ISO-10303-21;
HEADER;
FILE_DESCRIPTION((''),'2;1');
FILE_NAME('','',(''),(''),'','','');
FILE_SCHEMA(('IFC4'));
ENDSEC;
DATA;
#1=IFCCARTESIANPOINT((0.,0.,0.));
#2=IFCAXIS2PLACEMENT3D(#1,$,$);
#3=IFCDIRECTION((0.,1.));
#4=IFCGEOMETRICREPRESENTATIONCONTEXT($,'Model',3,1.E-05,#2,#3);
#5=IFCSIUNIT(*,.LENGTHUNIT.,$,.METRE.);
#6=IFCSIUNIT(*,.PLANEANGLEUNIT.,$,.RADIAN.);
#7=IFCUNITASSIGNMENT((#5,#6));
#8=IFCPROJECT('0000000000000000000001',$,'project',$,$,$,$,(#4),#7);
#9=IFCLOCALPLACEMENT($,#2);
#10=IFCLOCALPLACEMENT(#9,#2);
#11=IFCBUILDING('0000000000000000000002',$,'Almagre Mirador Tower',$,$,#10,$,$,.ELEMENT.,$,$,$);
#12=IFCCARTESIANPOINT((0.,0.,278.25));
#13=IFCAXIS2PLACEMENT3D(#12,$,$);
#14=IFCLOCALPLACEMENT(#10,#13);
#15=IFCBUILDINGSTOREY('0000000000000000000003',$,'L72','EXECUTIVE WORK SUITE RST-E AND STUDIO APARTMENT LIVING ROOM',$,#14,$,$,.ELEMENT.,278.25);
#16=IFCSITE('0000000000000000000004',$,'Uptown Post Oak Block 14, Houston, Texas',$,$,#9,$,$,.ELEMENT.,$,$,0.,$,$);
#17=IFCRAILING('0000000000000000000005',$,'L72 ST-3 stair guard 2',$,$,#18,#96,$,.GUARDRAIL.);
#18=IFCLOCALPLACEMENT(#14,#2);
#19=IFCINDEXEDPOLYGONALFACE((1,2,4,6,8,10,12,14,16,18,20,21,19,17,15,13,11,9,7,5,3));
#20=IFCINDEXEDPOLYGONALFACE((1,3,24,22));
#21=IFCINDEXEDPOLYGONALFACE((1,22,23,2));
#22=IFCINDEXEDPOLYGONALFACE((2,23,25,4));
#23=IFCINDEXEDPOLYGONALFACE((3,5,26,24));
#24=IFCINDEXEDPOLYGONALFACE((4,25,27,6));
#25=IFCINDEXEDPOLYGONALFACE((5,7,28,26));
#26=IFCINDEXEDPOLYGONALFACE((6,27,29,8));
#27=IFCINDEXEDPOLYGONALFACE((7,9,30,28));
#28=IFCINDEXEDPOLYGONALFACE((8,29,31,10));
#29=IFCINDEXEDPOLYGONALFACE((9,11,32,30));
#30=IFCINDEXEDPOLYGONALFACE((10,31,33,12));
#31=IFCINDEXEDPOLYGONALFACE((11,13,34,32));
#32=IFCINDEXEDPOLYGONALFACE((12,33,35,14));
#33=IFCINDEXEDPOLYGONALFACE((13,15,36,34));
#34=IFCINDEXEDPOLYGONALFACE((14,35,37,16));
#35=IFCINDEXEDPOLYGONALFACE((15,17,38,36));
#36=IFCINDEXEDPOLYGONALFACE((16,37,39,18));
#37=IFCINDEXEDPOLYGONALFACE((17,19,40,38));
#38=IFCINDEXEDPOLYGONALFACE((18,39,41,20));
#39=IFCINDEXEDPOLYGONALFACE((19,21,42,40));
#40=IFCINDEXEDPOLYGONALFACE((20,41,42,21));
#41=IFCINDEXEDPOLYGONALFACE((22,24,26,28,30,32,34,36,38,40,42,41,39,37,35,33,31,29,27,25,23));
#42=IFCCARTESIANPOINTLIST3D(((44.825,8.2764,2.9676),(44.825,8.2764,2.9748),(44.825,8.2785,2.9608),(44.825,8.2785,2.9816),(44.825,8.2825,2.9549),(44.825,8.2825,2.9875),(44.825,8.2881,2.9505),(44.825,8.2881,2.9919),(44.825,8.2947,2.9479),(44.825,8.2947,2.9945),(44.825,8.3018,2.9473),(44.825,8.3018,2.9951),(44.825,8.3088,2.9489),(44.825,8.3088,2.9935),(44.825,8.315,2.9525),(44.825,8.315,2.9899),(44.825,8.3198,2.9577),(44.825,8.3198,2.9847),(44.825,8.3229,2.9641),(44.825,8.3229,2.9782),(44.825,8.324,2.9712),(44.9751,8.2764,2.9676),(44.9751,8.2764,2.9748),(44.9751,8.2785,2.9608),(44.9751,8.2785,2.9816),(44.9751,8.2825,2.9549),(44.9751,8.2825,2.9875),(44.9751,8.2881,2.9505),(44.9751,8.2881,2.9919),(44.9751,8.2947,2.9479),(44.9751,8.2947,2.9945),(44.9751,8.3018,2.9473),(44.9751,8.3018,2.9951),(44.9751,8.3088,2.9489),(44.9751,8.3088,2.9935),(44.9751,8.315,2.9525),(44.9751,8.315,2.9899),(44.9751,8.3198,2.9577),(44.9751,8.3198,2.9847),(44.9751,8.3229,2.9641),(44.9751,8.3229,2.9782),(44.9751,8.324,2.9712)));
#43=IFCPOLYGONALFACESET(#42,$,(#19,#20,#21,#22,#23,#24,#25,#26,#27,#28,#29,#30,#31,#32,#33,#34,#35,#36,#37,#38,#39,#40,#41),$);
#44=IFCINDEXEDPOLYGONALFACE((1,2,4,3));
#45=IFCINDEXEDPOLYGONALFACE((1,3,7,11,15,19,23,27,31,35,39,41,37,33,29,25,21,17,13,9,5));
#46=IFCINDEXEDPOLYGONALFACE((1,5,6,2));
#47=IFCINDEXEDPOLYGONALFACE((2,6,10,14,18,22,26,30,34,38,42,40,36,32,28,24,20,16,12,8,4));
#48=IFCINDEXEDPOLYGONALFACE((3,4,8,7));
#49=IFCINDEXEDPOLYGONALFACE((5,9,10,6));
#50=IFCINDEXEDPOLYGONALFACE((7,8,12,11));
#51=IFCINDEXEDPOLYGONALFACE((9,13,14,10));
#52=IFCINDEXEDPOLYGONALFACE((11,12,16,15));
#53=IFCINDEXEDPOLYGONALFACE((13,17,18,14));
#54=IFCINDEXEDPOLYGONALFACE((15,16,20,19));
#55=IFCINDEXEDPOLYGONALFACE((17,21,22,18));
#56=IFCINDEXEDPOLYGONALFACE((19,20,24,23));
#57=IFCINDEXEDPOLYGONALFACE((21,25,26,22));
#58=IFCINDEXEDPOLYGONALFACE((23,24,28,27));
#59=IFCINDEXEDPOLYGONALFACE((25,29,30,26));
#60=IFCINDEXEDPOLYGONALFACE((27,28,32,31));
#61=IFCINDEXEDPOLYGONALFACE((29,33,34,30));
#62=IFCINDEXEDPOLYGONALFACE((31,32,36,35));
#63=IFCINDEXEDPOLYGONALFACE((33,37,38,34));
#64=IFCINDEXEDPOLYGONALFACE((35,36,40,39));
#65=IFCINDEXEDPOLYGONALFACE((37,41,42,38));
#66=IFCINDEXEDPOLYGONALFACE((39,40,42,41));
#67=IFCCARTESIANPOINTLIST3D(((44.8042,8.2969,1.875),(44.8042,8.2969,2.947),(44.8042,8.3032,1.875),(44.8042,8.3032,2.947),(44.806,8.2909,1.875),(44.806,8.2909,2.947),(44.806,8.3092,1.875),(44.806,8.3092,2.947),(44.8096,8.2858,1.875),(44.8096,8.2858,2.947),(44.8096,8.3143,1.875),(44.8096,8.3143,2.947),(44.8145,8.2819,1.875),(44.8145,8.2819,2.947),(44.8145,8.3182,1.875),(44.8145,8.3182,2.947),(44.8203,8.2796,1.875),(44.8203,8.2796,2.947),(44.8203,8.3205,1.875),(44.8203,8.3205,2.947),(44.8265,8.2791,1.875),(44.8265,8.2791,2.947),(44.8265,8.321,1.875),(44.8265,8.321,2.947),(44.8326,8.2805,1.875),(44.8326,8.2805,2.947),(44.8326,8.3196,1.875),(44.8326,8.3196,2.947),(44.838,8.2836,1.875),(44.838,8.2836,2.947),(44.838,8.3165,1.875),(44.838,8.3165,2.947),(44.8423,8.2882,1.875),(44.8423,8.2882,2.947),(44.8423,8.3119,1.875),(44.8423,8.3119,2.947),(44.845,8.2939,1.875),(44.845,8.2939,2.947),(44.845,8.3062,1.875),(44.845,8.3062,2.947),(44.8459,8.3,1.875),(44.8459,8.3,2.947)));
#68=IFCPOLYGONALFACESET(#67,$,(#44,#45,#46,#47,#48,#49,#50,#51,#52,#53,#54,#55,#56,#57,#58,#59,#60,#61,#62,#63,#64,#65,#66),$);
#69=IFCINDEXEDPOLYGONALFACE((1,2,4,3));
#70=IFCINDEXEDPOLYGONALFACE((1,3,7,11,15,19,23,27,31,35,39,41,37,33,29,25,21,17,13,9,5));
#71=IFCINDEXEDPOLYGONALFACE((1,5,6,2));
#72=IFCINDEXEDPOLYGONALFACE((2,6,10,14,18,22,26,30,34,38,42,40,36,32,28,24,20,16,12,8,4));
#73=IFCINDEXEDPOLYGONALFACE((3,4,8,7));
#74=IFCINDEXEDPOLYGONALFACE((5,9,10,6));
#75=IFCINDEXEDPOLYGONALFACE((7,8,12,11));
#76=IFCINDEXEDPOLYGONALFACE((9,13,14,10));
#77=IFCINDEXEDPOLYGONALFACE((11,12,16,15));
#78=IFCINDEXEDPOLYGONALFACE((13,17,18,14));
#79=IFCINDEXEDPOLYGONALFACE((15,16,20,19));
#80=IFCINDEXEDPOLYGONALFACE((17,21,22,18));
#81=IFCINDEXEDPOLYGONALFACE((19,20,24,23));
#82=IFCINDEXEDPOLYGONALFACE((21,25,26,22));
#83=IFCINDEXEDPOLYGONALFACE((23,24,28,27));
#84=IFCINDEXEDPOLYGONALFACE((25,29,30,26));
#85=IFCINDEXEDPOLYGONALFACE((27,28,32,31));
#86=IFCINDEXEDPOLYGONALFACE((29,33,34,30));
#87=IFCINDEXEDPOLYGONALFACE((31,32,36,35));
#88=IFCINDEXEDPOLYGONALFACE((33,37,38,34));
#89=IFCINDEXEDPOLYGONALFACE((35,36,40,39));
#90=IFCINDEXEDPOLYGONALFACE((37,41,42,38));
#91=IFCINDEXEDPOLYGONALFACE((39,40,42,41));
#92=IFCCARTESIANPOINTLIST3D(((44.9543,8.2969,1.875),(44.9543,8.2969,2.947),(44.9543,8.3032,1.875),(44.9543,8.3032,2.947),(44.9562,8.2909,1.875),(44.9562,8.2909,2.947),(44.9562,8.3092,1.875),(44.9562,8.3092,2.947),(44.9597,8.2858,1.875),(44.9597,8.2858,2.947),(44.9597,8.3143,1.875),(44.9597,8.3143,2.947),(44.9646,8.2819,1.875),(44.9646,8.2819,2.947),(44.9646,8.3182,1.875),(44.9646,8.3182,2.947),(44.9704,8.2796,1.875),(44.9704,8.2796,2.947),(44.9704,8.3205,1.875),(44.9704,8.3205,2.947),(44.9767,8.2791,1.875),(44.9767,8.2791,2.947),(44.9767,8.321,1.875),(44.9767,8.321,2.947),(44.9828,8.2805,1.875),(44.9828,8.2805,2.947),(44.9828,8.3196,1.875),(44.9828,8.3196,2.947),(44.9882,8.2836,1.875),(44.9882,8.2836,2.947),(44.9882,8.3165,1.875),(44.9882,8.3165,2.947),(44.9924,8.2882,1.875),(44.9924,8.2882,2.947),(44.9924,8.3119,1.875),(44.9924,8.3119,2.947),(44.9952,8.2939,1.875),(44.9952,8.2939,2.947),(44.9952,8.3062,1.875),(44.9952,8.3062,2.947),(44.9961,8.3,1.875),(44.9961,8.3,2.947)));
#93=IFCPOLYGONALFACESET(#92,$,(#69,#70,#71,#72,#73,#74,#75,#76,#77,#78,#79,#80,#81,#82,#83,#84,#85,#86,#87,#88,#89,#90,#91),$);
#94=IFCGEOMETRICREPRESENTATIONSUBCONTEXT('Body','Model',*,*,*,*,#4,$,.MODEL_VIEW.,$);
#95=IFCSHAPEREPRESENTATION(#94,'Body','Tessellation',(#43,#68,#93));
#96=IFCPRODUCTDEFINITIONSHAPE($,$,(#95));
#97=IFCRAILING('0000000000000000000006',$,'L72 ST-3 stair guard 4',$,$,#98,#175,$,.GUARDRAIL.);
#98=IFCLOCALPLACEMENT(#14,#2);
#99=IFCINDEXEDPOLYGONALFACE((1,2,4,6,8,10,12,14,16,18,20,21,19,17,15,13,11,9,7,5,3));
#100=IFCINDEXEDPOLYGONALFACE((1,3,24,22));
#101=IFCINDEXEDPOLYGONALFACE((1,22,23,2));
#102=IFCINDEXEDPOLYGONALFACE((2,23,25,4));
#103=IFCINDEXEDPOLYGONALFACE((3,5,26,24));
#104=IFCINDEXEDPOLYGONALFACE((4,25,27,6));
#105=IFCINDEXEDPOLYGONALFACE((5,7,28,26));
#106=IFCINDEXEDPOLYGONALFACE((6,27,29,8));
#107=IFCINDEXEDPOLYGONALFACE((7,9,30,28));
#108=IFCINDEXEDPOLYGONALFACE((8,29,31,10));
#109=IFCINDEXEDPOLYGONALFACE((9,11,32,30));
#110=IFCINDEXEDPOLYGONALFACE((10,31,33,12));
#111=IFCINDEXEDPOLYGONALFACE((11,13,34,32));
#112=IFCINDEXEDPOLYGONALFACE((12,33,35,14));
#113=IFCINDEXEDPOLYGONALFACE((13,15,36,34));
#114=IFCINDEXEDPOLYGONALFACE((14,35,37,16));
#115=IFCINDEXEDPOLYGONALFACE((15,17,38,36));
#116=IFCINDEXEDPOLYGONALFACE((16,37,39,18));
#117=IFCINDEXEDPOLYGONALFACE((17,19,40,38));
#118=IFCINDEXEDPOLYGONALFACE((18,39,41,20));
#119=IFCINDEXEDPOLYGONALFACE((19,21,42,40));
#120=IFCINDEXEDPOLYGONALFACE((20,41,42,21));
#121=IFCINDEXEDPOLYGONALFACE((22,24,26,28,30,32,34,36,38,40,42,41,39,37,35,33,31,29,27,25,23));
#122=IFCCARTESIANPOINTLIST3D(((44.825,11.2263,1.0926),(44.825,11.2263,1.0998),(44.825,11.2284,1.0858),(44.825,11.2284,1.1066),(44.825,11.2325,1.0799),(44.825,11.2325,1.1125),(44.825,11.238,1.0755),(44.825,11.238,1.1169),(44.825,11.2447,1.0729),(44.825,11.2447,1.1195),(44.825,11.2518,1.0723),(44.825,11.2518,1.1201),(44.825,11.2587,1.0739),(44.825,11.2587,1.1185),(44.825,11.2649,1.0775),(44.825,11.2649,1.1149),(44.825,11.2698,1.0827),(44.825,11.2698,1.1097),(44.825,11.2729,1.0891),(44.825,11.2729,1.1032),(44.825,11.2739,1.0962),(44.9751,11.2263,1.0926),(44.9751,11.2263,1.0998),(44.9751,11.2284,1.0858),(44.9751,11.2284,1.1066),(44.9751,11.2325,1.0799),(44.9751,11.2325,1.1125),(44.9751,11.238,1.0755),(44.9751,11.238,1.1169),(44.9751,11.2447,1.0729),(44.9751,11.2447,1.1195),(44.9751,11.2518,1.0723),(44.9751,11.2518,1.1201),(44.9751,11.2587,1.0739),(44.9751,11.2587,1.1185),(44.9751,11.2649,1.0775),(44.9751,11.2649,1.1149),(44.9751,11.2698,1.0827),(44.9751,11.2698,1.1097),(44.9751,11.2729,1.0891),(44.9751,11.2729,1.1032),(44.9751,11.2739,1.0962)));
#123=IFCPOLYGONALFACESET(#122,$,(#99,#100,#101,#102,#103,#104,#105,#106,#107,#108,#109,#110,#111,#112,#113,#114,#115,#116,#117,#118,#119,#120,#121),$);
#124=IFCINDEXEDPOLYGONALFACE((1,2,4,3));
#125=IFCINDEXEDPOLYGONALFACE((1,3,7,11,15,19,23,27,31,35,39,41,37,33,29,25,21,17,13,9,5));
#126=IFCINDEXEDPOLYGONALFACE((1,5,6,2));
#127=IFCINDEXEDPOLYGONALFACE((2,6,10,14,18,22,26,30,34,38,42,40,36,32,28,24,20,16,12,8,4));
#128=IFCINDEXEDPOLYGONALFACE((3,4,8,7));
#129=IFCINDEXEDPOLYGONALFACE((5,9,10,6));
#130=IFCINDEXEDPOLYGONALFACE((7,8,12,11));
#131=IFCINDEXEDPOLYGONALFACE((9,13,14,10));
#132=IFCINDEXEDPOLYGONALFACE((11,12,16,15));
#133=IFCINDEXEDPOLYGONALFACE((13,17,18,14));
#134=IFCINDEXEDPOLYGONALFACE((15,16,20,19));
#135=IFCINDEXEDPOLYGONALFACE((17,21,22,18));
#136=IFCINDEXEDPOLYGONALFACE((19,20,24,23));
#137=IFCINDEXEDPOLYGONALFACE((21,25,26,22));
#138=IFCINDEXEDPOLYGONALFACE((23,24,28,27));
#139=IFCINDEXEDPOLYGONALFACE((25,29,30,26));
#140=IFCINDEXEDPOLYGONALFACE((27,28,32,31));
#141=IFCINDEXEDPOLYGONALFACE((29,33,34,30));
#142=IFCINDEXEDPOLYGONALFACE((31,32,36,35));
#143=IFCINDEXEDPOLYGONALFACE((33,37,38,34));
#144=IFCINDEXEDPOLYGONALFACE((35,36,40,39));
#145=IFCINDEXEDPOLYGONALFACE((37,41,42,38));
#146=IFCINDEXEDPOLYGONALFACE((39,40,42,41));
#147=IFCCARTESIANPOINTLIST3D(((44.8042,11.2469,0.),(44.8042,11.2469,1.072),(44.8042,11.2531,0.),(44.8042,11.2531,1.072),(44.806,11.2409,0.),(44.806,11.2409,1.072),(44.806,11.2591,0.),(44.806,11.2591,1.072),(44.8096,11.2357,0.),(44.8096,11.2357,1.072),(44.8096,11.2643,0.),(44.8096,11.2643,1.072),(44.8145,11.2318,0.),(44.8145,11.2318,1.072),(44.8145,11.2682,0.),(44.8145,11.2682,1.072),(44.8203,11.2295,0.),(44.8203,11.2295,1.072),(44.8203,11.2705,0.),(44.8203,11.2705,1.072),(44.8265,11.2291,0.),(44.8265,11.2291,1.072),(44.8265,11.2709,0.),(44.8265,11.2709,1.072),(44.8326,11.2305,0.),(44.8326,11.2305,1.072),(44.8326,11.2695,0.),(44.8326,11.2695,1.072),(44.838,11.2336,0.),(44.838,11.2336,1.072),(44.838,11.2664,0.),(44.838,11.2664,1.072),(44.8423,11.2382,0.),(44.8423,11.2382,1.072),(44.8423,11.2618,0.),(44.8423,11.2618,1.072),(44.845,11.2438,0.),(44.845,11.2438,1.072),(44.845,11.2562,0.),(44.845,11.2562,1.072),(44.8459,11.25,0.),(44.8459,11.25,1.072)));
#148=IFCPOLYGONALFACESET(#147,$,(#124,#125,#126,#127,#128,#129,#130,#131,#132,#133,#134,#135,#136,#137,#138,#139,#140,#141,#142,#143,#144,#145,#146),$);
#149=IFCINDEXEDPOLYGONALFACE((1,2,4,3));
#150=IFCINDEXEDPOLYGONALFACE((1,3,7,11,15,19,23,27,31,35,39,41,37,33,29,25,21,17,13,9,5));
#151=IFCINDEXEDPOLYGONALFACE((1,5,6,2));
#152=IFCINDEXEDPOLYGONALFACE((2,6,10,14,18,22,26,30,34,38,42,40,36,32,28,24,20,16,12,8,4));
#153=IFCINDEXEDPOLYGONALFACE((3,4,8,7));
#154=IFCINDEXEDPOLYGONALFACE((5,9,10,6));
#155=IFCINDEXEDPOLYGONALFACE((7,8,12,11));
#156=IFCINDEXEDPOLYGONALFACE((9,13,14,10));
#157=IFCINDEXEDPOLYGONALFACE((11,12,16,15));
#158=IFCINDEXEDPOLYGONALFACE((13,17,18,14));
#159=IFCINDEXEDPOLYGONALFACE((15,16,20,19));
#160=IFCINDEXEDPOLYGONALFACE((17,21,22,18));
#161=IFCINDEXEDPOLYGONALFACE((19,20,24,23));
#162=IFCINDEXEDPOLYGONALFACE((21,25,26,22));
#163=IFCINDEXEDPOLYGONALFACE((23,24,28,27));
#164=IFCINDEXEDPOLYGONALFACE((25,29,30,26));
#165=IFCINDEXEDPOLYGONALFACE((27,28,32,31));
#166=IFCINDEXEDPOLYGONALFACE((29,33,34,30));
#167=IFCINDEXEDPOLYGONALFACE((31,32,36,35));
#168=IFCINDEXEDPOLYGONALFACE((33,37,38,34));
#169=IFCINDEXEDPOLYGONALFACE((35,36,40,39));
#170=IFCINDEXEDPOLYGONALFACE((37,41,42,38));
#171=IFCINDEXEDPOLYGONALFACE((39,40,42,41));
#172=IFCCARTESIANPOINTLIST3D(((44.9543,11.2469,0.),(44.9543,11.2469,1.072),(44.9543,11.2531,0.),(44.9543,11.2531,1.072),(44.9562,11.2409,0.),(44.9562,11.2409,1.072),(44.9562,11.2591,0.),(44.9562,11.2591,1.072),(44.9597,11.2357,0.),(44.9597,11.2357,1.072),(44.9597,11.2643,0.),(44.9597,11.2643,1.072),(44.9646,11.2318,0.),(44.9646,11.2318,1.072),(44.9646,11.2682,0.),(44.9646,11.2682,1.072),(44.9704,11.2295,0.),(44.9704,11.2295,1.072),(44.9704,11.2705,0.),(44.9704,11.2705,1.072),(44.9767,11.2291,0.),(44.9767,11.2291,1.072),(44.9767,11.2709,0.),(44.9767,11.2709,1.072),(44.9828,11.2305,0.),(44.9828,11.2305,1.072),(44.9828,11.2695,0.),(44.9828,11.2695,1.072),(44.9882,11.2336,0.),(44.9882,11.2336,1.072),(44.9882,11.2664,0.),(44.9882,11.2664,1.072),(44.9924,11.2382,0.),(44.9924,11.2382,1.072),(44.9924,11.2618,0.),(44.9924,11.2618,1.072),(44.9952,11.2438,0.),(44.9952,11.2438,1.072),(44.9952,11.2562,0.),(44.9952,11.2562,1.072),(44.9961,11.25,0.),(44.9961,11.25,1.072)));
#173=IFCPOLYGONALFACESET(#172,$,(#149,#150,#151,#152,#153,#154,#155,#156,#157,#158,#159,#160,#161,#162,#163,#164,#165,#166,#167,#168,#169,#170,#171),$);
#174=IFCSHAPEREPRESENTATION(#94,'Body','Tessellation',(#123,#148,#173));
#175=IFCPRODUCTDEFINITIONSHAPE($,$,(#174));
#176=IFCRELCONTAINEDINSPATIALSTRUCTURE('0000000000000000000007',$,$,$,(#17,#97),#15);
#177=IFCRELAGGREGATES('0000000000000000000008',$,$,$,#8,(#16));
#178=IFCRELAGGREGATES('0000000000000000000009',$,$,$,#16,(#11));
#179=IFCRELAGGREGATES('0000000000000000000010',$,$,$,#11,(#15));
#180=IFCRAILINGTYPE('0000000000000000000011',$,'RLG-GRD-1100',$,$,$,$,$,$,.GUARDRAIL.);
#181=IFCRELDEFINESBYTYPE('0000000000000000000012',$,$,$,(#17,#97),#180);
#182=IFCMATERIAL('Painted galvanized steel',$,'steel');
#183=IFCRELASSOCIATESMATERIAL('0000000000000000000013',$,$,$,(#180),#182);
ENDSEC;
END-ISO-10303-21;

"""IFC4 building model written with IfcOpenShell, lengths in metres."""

from ifc_helpers import new_model, si_unit, direction, frame, origin, origin_2d, place, context, subcontext, project, spatial, circle, extrude, material, type_object, element, save


model = new_model("IFC4")

# Units and contexts
model_context = context("Model", 3, precision=1e-05, world=origin(), true_north=direction((0.0, 1.0)))
body_context = subcontext(model_context, "Body", "Model", "MODEL_VIEW")
ifc_project = project(units=[si_unit("LENGTHUNIT", "METRE"), si_unit("PLANEANGLEUNIT", "RADIAN")], contexts=[model_context])

# Site, building, storey
site_placement = place(None, origin())
site = spatial("IfcSite", under=ifc_project, at=site_placement, Name="Uptown Post Oak Block 14, Houston, Texas", CompositionType="ELEMENT", RefElevation=0.0)
building_placement = place(site_placement, origin())
building = spatial("IfcBuilding", under=site, at=building_placement, Name="Almagre Mirador Tower", CompositionType="ELEMENT")
storey_placement = place(building_placement, frame((0.0, 0.0, 278.25)))
storey = spatial("IfcBuildingStorey", under=building, at=storey_placement, Name="L72", Description="EXECUTIVE WORK SUITE RST-E AND STUDIO APARTMENT LIVING ROOM", CompositionType="ELEMENT", Elevation=278.25)

# Railings
ifc_material_1 = material(Name="Painted galvanized steel", Category="steel")
railing_type_1 = type_object("IfcRailingType", Name="RLG-GRD-1100", PredefinedType="GUARDRAIL", material=ifc_material_1)
for number, where, name in (
    (1, (44.825, 8.3, 1.875), "L72 ST-3 stair guard 2"),
    (2, (44.825, 11.25, 0.0), "L72 ST-3 stair guard 4"),
):
    element("IfcRailing", number, at=place(storey_placement, frame(where)), inside=storey, type_object=railing_type_1, Name=name, PredefinedType="GUARDRAIL", context=body_context, shape_type="SweptSolid", body=[
        extrude(circle(Radius=0.0239, at=origin_2d()), frame((0.0, 0.0, 1.0962), z_axis=(1.0, 0.0, 0.0), x_axis=(0.0, 1.0, 0.0)), (0.0, 0.0, 1.0), 0.1501),
        extrude(circle(Radius=0.021, at=origin_2d()), origin(), (0.0, 0.0, 1.0), 1.072),
        extrude(circle(Radius=0.021, at=origin_2d()), frame((0.1501, 0.0, 0.0)), (0.0, 0.0, 1.0), 1.072),
    ])

save(model, "model.ifc")
